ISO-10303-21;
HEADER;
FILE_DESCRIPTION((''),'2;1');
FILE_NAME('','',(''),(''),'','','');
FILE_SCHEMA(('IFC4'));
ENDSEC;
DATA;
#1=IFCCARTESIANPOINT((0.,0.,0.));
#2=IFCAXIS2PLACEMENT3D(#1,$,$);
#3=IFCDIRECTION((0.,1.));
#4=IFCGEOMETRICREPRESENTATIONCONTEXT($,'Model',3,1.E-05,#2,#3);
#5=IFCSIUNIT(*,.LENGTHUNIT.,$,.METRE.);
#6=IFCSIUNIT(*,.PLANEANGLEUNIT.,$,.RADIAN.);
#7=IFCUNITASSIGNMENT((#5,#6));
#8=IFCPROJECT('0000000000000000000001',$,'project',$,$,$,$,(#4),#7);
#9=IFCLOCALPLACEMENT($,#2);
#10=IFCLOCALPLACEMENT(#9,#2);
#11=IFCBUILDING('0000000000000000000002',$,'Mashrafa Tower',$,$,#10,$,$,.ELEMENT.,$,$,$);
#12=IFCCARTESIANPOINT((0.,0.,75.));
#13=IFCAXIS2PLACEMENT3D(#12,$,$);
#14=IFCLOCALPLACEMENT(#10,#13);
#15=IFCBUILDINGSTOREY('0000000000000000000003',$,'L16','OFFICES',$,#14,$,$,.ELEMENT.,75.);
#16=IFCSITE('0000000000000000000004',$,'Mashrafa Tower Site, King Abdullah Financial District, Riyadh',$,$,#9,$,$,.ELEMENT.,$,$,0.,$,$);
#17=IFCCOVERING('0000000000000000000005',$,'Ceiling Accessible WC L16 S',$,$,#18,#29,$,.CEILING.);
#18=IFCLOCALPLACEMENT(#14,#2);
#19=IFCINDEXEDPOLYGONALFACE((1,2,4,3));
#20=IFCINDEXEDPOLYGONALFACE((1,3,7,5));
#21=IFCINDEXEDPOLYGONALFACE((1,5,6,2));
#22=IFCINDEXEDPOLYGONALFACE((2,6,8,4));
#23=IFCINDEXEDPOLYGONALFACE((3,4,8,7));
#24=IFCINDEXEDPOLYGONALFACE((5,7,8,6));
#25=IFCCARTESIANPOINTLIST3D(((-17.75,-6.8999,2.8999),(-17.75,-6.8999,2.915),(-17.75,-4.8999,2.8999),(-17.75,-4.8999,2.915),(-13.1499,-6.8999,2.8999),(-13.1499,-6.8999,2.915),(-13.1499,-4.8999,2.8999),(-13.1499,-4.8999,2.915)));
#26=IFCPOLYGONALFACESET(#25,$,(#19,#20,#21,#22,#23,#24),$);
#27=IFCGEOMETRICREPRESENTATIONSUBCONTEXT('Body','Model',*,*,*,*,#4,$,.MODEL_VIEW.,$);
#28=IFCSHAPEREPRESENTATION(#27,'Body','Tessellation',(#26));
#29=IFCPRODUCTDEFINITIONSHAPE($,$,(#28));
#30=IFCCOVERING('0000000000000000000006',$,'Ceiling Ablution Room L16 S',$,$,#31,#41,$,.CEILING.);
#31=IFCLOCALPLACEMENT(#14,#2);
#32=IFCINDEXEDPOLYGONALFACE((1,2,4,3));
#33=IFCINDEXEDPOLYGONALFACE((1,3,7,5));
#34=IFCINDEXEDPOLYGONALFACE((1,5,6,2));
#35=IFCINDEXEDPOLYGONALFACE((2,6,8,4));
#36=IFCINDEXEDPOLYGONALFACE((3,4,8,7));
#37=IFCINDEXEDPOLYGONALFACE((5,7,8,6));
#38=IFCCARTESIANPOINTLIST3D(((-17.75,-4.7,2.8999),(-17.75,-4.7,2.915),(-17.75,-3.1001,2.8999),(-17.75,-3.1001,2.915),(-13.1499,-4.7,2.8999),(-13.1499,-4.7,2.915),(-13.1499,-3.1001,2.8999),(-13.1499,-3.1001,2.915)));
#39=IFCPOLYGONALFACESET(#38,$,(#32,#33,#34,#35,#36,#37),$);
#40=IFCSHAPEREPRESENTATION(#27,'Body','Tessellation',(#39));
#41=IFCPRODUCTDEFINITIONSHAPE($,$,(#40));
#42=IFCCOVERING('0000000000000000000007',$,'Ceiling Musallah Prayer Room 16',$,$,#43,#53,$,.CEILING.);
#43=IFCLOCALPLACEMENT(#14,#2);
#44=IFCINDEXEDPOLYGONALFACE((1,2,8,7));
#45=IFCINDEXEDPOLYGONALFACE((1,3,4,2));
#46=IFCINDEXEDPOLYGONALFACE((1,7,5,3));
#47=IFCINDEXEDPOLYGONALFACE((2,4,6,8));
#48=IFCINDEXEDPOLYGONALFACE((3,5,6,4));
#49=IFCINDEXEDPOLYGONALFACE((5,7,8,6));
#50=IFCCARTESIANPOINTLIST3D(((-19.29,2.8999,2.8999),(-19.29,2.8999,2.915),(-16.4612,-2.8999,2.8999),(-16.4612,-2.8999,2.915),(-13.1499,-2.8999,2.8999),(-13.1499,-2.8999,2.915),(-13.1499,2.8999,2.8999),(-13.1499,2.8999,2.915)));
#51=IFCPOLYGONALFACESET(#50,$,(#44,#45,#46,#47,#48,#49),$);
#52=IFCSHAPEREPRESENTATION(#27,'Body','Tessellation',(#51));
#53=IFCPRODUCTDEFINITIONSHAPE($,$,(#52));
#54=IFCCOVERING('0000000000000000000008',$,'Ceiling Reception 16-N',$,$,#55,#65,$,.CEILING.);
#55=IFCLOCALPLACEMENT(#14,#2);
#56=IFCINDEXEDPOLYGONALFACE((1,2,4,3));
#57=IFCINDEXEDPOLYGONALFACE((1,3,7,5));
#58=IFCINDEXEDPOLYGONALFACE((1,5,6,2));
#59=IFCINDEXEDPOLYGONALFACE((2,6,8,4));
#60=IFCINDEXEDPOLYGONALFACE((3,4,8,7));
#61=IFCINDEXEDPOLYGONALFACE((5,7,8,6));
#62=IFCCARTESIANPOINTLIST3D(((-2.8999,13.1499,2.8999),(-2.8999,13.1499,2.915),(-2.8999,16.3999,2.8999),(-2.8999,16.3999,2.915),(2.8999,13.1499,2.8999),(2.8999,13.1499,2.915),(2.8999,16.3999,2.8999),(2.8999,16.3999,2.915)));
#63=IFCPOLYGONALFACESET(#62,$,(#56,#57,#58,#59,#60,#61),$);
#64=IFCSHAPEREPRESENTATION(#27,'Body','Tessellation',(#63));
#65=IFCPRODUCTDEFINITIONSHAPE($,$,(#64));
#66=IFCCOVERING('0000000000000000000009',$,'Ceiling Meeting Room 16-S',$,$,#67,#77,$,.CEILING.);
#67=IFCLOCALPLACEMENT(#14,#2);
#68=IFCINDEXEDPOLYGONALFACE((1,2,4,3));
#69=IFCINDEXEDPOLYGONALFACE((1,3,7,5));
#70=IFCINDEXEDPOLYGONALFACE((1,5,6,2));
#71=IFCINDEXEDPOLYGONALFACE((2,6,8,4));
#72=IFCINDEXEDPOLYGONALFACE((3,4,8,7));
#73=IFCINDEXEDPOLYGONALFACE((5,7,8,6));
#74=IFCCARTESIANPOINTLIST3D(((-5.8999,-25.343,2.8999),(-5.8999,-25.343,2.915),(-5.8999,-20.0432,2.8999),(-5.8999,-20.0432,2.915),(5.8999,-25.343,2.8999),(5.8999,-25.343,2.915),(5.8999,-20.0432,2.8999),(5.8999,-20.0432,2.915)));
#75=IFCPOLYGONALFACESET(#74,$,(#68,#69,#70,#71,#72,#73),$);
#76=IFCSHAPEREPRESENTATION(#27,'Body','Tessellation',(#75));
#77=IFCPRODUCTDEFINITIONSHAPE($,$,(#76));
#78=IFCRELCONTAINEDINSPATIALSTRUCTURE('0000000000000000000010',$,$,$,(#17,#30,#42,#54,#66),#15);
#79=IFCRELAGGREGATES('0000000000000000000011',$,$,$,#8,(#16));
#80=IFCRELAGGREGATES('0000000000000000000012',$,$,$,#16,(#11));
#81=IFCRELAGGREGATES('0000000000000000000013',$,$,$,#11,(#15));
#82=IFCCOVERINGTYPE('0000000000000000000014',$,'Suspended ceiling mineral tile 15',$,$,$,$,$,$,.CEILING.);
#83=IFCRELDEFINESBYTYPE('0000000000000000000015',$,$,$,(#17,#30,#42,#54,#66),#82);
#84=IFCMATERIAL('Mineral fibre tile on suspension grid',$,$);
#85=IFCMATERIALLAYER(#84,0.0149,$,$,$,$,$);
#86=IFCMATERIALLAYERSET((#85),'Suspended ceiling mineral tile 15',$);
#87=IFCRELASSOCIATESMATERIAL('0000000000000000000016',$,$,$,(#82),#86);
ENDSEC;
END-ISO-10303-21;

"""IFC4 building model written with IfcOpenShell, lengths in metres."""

from ifc_helpers import new_model, si_unit, direction, frame, origin, place, context, subcontext, project, spatial, polyline, outline, extrude, material, layer, layer_set, type_object, element, save


model = new_model("IFC4")

# Units and contexts
model_context = context("Model", 3, precision=1e-05, world=origin(), true_north=direction((0.0, 1.0)))
body_context = subcontext(model_context, "Body", "Model", "MODEL_VIEW")
ifc_project = project(units=[si_unit("LENGTHUNIT", "METRE"), si_unit("PLANEANGLEUNIT", "RADIAN")], contexts=[model_context])

# Site, building, storey
site_placement = place(None, origin())
site = spatial("IfcSite", under=ifc_project, at=site_placement, Name="Mashrafa Tower Site, King Abdullah Financial District, Riyadh", CompositionType="ELEMENT", RefElevation=0.0)
building_placement = place(site_placement, origin())
building = spatial("IfcBuilding", under=site, at=building_placement, Name="Mashrafa Tower", CompositionType="ELEMENT")
storey_placement = place(building_placement, frame((0.0, 0.0, 75.0)))
storey = spatial("IfcBuildingStorey", under=building, at=storey_placement, Name="L16", Description="OFFICES", CompositionType="ELEMENT", Elevation=75.0)

# Coverings
ifc_material_1 = material(Name="Mineral fibre tile on suspension grid")
ifc_layer_1 = layer(ifc_material_1, 0.0149)
ifc_layer_set_1 = layer_set([ifc_layer_1], Name="Suspended ceiling mineral tile 15")
covering_type = type_object("IfcCoveringType", Name="Suspended ceiling mineral tile 15", PredefinedType="CEILING", material=ifc_layer_set_1)
covering_1_placement = place(storey_placement, frame((0.0, 0.0, 2.8999)))
element("IfcCovering", 1, at=covering_1_placement, inside=storey, type_object=covering_type, Name="Ceiling Accessible WC L16 S", PredefinedType="CEILING", context=body_context, shape_type="SweptSolid", body=[
    extrude(outline(polyline([(-17.75, -6.8999), (-17.75, -4.8999), (-13.1499, -4.8999), (-13.1499, -6.8999), (-17.75, -6.8999)])), origin(), (0.0, 0.0, 1.0), 0.0151),
])
covering_2_placement = place(storey_placement, frame((0.0, 0.0, 2.8999)))
element("IfcCovering", 2, at=covering_2_placement, inside=storey, type_object=covering_type, Name="Ceiling Ablution Room L16 S", PredefinedType="CEILING", context=body_context, shape_type="SweptSolid", body=[
    extrude(outline(polyline([(-17.75, -4.7), (-17.75, -3.1001), (-13.1499, -3.1001), (-13.1499, -4.7), (-17.75, -4.7)])), origin(), (0.0, 0.0, 1.0), 0.0151),
])
covering_3_placement = place(storey_placement, frame((0.0, 0.0, 2.8999)))
element("IfcCovering", 3, at=covering_3_placement, inside=storey, type_object=covering_type, Name="Ceiling Musallah Prayer Room 16", PredefinedType="CEILING", context=body_context, shape_type="SweptSolid", body=[
    extrude(outline(polyline([(-16.4612, -2.8999), (-19.29, 2.8999), (-13.1499, 2.8999), (-13.1499, -2.8999), (-16.4612, -2.8999)])), origin(), (0.0, 0.0, 1.0), 0.0151),
])
covering_4_placement = place(storey_placement, frame((0.0, 0.0, 2.8999)))
element("IfcCovering", 4, at=covering_4_placement, inside=storey, type_object=covering_type, Name="Ceiling Reception 16-N", PredefinedType="CEILING", context=body_context, shape_type="SweptSolid", body=[
    extrude(outline(polyline([(-2.8999, 16.3999), (2.8999, 16.3999), (2.8999, 13.1499), (-2.8999, 13.1499), (-2.8999, 16.3999)])), origin(), (0.0, 0.0, 1.0), 0.0151),
])
covering_5_placement = place(storey_placement, frame((0.0, 0.0, 2.8999)))
element("IfcCovering", 5, at=covering_5_placement, inside=storey, type_object=covering_type, Name="Ceiling Meeting Room 16-S", PredefinedType="CEILING", context=body_context, shape_type="SweptSolid", body=[
    extrude(outline(polyline([(-5.8999, -20.0432), (5.8999, -20.0432), (5.8999, -25.343), (-5.8999, -25.343), (-5.8999, -20.0432)])), origin(), (0.0, 0.0, 1.0), 0.0151),
])

save(model, "model.ifc")
